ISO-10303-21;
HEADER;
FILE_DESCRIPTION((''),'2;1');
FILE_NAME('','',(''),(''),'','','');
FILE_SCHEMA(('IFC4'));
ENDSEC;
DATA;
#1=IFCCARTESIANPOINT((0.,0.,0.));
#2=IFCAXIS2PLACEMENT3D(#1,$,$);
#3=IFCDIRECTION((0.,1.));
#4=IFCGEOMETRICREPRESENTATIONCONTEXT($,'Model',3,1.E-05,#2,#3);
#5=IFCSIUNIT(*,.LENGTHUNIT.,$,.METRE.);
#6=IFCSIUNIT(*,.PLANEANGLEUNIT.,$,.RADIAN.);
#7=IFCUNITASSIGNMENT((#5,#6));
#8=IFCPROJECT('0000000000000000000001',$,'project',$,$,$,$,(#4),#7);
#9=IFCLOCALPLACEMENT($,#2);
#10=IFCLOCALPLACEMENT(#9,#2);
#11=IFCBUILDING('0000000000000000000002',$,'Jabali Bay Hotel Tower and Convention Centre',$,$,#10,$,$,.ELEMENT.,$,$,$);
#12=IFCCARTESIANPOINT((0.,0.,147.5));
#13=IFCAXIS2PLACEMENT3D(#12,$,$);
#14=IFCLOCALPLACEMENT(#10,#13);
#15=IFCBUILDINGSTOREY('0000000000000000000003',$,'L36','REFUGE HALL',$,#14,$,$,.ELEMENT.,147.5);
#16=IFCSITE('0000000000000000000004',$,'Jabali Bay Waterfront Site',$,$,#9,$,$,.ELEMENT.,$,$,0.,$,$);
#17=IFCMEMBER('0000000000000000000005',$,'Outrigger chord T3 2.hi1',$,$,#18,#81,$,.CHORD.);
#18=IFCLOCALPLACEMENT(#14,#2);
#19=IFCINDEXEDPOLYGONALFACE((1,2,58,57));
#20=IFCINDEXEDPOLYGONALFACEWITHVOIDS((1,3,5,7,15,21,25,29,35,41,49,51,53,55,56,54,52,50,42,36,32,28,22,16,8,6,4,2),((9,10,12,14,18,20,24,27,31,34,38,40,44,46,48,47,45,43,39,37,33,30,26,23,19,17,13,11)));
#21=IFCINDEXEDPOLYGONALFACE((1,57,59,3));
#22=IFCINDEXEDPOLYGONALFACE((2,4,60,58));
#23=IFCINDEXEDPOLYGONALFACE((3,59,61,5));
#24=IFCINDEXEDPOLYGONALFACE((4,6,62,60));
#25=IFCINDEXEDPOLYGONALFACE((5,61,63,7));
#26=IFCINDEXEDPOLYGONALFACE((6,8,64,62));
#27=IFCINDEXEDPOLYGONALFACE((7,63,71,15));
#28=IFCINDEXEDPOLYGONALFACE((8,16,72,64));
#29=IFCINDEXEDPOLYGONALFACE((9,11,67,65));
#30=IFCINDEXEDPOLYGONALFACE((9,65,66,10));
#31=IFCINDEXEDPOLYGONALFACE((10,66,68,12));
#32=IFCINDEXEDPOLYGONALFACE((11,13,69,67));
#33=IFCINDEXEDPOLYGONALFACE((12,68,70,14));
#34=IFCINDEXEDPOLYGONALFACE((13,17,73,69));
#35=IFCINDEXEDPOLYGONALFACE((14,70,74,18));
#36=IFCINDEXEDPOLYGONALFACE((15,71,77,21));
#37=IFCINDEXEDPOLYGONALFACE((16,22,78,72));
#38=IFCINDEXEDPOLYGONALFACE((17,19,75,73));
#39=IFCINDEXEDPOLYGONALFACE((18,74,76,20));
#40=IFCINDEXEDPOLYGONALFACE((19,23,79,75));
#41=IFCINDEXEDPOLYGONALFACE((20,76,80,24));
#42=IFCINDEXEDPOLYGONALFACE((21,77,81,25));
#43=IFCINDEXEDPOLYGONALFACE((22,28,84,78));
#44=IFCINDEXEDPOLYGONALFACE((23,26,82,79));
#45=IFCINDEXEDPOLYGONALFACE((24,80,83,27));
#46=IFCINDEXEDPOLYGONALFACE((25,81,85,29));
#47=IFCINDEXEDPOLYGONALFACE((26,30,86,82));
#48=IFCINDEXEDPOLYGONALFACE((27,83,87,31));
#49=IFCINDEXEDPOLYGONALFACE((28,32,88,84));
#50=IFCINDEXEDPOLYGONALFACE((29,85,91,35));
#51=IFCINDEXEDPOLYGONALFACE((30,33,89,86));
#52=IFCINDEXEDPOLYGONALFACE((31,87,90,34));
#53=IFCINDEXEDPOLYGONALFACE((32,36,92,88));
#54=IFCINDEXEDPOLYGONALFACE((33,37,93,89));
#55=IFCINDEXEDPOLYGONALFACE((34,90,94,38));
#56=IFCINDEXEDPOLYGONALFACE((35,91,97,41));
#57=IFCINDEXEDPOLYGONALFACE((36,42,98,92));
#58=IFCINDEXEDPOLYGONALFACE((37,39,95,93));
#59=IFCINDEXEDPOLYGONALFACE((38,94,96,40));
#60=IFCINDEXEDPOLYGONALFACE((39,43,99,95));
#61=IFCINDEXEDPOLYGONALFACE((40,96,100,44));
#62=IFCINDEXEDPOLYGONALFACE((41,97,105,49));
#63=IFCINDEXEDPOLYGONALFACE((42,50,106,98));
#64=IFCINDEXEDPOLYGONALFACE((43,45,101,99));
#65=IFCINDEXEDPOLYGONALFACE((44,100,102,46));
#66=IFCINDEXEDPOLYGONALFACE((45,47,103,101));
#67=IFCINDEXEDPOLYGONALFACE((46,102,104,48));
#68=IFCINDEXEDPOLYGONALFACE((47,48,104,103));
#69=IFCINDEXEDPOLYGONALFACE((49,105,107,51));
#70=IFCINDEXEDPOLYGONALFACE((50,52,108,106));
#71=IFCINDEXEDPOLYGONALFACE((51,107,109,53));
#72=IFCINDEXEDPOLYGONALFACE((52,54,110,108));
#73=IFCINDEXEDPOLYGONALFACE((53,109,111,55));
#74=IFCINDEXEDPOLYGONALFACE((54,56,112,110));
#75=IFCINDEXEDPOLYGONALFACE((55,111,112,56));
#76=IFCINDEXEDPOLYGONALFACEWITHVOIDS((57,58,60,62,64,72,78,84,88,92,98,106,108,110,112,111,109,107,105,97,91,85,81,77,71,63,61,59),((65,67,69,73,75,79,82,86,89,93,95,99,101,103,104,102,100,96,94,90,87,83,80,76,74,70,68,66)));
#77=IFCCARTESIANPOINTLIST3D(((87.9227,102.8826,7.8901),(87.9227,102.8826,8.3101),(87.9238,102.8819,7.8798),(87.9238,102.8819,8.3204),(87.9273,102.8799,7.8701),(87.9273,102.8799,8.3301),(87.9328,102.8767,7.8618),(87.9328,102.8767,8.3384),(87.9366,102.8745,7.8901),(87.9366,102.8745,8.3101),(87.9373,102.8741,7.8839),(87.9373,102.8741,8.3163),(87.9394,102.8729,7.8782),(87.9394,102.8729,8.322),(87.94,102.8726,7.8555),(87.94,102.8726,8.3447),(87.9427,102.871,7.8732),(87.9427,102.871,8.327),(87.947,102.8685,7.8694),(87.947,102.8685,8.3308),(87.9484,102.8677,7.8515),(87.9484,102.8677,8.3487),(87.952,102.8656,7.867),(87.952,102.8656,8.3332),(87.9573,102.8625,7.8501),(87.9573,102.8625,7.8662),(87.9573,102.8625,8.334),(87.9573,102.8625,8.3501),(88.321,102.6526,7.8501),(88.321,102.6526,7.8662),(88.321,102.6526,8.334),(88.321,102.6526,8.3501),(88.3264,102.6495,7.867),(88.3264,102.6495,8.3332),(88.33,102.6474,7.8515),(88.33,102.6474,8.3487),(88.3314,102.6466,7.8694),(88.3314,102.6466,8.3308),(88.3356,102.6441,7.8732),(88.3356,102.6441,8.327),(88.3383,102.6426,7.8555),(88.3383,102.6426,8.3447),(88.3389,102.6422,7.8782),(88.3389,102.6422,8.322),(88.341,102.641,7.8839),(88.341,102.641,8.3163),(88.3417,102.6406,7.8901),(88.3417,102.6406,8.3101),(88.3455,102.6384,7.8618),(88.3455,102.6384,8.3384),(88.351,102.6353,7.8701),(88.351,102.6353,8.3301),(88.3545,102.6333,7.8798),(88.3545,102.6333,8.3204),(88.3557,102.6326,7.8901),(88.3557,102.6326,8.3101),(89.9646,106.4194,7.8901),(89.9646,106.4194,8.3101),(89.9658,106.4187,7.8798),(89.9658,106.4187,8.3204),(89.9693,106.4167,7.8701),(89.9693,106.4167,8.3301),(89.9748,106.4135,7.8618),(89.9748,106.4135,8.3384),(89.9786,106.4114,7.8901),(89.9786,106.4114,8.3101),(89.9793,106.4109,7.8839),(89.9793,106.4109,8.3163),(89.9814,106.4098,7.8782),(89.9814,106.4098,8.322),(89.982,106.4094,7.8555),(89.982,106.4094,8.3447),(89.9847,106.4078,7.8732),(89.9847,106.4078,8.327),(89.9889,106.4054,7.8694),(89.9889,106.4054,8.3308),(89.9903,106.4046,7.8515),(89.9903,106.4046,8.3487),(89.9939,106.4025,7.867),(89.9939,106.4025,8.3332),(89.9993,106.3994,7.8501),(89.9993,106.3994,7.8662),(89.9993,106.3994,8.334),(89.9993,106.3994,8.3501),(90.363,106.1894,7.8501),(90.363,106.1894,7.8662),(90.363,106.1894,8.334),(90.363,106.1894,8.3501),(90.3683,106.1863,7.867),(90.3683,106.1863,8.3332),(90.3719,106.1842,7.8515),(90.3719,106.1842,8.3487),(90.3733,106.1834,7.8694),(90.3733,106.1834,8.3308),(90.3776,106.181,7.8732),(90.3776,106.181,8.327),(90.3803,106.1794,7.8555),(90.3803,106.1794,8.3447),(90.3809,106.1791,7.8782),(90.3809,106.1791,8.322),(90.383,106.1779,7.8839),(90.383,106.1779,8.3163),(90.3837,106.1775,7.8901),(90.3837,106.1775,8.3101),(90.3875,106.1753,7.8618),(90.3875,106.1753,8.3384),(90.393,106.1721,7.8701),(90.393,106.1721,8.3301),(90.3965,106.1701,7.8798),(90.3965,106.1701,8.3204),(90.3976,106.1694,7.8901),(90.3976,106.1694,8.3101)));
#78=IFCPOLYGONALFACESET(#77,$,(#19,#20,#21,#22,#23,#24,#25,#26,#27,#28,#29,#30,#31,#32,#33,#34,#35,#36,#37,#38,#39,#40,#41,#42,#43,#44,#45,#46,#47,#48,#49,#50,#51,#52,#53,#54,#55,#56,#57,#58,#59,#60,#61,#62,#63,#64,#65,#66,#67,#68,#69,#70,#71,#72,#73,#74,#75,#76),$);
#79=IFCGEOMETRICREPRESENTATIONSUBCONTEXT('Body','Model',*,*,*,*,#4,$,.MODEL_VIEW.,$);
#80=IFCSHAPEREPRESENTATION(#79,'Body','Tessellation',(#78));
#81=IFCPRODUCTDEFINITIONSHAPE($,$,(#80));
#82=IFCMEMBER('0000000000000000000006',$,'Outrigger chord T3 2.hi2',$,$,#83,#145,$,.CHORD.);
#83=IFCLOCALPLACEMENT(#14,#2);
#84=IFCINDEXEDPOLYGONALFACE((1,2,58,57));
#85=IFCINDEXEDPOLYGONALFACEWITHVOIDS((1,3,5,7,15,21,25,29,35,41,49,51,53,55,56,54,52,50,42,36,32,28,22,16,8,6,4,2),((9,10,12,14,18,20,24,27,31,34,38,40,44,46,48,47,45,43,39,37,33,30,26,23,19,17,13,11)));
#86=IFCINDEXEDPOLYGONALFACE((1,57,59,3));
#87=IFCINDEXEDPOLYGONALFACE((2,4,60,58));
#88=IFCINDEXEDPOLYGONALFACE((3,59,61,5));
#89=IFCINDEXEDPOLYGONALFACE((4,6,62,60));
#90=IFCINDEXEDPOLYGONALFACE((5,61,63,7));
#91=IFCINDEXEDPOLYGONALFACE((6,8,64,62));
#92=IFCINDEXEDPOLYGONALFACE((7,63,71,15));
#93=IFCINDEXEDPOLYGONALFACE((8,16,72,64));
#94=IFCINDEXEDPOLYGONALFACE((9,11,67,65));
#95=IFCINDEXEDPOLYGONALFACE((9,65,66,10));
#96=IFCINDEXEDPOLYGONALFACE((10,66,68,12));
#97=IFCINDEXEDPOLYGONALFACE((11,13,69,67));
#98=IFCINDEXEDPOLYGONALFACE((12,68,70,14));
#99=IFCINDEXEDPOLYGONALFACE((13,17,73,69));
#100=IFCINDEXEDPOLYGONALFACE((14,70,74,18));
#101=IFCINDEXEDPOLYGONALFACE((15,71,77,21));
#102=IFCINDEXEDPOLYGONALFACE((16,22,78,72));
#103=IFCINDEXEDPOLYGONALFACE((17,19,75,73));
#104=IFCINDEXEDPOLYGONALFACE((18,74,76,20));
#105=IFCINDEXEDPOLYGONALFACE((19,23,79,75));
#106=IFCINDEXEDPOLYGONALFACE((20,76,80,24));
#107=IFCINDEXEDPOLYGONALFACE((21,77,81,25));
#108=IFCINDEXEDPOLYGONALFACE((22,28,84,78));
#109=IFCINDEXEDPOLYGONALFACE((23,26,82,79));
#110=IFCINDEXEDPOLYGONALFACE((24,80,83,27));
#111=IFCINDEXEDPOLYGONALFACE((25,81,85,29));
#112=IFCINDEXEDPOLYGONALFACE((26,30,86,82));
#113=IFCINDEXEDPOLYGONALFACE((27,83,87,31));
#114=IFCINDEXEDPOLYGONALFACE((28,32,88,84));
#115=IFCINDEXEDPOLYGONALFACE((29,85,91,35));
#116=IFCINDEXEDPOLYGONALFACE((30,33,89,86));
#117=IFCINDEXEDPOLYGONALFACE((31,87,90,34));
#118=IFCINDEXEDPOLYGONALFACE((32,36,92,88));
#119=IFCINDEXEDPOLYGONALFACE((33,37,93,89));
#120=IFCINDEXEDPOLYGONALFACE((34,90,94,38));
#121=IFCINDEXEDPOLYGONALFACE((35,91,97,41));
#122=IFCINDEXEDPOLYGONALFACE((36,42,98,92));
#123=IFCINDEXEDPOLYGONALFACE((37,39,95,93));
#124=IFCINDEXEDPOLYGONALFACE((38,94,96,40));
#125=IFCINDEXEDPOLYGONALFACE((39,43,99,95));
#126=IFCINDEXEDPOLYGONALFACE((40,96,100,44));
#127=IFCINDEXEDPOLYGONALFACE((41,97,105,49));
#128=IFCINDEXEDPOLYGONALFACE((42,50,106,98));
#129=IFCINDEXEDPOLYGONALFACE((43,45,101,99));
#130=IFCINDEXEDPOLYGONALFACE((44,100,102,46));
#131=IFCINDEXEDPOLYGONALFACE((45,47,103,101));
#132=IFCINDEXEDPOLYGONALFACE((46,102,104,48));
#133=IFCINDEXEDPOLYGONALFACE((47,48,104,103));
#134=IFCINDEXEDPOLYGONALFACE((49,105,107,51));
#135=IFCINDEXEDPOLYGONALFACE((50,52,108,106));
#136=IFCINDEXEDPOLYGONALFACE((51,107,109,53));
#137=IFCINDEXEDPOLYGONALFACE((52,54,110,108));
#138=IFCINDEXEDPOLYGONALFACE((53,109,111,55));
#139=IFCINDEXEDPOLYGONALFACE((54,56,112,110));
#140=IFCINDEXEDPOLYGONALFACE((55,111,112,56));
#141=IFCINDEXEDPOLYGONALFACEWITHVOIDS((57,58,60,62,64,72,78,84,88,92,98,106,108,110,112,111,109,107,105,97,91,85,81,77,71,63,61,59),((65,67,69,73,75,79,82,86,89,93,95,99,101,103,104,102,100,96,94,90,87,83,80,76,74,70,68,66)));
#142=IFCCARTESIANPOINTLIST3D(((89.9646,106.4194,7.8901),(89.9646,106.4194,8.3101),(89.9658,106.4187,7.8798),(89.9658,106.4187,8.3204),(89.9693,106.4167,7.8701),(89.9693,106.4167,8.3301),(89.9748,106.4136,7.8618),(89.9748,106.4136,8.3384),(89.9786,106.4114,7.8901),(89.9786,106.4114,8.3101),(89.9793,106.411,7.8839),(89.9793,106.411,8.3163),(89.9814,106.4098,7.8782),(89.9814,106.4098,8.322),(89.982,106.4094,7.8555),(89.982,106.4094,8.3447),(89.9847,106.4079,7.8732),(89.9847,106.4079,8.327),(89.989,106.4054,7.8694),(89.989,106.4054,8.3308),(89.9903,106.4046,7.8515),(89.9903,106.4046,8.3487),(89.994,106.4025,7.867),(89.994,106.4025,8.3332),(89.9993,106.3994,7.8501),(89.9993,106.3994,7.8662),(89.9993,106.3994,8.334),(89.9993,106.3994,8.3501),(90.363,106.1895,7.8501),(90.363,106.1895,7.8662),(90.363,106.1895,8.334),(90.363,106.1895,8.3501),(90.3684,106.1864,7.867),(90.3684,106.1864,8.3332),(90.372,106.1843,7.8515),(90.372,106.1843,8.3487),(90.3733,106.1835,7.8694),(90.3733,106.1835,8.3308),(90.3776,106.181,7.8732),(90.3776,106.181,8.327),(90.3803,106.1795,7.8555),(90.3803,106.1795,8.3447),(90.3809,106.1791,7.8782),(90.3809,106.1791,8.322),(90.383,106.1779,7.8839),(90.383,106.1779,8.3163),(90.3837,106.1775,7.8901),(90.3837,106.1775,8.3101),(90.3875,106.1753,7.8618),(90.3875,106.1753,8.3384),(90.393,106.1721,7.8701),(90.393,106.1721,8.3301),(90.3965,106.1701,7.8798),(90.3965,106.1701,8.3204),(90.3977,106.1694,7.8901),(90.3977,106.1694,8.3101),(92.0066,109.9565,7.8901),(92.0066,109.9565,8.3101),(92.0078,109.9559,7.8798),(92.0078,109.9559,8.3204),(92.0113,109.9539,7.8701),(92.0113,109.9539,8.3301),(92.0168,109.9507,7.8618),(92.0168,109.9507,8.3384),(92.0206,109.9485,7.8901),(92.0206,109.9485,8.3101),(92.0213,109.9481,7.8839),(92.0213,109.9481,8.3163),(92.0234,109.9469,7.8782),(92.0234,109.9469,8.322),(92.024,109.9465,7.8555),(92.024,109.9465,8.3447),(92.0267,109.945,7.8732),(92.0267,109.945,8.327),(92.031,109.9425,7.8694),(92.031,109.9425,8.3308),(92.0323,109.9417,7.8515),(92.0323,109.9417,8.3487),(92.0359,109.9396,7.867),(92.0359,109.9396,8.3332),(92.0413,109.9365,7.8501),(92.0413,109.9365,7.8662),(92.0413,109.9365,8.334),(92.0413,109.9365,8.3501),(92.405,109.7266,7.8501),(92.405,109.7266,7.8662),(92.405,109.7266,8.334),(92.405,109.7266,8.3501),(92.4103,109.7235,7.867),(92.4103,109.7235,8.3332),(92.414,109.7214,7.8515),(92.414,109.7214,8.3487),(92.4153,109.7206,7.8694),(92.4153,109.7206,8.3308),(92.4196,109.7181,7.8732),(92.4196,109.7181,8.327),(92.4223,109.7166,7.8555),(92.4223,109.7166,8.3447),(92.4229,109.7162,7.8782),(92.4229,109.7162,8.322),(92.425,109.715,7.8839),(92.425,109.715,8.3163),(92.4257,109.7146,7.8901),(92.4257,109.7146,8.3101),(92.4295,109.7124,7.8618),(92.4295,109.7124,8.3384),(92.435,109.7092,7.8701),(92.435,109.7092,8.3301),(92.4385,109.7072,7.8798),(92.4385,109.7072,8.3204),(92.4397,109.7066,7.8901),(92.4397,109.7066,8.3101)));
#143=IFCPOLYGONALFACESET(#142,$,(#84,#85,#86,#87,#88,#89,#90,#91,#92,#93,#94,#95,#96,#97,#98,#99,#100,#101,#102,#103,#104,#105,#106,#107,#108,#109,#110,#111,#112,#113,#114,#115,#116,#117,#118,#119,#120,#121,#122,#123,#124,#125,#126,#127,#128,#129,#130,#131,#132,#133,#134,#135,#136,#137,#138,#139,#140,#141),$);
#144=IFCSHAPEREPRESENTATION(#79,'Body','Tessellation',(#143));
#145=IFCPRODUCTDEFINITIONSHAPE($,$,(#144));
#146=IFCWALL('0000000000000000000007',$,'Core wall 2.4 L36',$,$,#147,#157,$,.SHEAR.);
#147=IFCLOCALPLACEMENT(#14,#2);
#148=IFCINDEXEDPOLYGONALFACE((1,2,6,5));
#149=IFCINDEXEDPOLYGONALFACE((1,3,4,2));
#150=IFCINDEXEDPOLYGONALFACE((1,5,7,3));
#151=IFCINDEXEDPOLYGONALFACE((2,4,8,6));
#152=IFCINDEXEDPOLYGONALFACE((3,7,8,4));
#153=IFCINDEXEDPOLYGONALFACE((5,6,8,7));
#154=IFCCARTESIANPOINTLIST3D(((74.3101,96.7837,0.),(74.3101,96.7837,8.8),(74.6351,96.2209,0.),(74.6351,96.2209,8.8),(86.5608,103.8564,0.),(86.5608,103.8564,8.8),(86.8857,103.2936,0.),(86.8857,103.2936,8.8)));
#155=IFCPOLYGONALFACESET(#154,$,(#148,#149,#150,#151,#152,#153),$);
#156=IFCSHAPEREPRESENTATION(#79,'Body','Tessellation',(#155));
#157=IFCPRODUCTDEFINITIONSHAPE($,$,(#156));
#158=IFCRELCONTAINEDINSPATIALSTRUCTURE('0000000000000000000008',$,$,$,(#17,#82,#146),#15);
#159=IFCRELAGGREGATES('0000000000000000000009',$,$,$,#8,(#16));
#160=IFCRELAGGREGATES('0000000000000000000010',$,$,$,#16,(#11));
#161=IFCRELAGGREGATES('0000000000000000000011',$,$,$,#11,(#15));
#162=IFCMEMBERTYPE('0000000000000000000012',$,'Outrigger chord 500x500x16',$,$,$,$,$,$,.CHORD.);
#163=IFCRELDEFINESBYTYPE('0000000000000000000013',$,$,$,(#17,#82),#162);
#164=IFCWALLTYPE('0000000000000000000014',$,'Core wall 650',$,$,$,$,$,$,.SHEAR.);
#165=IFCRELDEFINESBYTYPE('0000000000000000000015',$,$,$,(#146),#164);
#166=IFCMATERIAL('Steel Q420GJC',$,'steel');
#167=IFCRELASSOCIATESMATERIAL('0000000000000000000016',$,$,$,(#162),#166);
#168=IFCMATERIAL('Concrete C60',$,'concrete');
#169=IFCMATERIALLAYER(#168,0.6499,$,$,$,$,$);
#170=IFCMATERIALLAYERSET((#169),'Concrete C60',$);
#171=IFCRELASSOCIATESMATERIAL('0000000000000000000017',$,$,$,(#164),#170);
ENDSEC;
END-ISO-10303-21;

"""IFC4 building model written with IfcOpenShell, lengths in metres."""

from ifc_helpers import new_model, si_unit, direction, frame, frame_2d, origin, origin_2d, place, context, subcontext, project, spatial, rectangle, hollow_rectangle, extrude, material, layer, layer_set, material_profile, profile_set, type_object, element, save


model = new_model("IFC4")

# Units and contexts
model_context = context("Model", 3, precision=1e-05, world=origin(), true_north=direction((0.0, 1.0)))
body_context = subcontext(model_context, "Body", "Model", "MODEL_VIEW")
ifc_project = project(units=[si_unit("LENGTHUNIT", "METRE"), si_unit("PLANEANGLEUNIT", "RADIAN")], contexts=[model_context])

# Site, building, storey
site_placement = place(None, origin())
site = spatial("IfcSite", under=ifc_project, at=site_placement, Name="Jabali Bay Waterfront Site", CompositionType="ELEMENT", RefElevation=0.0)
building_placement = place(site_placement, origin())
building = spatial("IfcBuilding", under=site, at=building_placement, Name="Jabali Bay Hotel Tower and Convention Centre", CompositionType="ELEMENT")
storey_placement = place(building_placement, frame((0.0, 0.0, 147.5)))
storey = spatial("IfcBuildingStorey", under=building, at=storey_placement, Name="L36", Description="REFUGE HALL", CompositionType="ELEMENT", Elevation=147.5)

# Shared definitions
ifc_material_1 = material(Name="Concrete C60", Category="concrete")

# Members
ifc_material_2 = material(Name="Steel Q420GJC", Category="steel")
ifc_material_profile_1 = material_profile(ifc_material_2, hollow_rectangle(XDim=0.5, YDim=0.5, WallThickness=0.0161, InnerFilletRadius=0.0239, OuterFilletRadius=0.04, at=origin_2d()), Name="Outrigger chord 500x500x16")
ifc_profile_set_1 = profile_set([ifc_material_profile_1], Name="Steel Q420GJC")
member_type_1 = type_object("IfcMemberType", Name="Outrigger chord 500x500x16", PredefinedType="CHORD", material=ifc_profile_set_1)
member_1_placement = place(storey_placement, frame((88.1392, 102.7576, 8.1001), z_axis=(0.499997, 0.866027, 0.0), x_axis=(-0.866027, 0.499997, 0.0)))
element("IfcMember", 1, at=member_1_placement, inside=storey, type_object=member_type_1, Name="Outrigger chord T3 2.hi1", PredefinedType="CHORD", context=body_context, shape_type="SweptSolid", body=[
    extrude(hollow_rectangle(XDim=0.5, YDim=0.5, WallThickness=0.0161, InnerFilletRadius=0.0239, OuterFilletRadius=0.04, at=origin_2d()), origin(), (0.0, 0.0, 1.0), 4.084),
])
member_2_placement = place(storey_placement, frame((90.1812, 106.2944, 8.1001), z_axis=(0.499971, 0.866042, 0.0), x_axis=(-0.866042, 0.499971, 0.0)))
element("IfcMember", 2, at=member_2_placement, inside=storey, type_object=member_type_1, Name="Outrigger chord T3 2.hi2", PredefinedType="CHORD", context=body_context, shape_type="SweptSolid", body=[
    extrude(hollow_rectangle(XDim=0.5, YDim=0.5, WallThickness=0.0161, InnerFilletRadius=0.0239, OuterFilletRadius=0.04, at=origin_2d()), origin(), (0.0, 0.0, 1.0), 4.0842),
])

# Wall
ifc_layer = layer(ifc_material_1, 0.6499)
ifc_layer_set = layer_set([ifc_layer], Name="Concrete C60")
wall_type = type_object("IfcWallType", Name="Core wall 650", PredefinedType="SHEAR", material=ifc_layer_set)
wall_placement = place(storey_placement, frame((86.7231, 103.575, 0.0), z_axis=(0.0, 0.0, 1.0), x_axis=(-0.866032, -0.499989, 0.0)))
element("IfcWall", 3, at=wall_placement, inside=storey, type_object=wall_type, Name="Core wall 2.4 L36", PredefinedType="SHEAR", context=body_context, shape_type="SweptSolid", body=[
    extrude(rectangle(XDim=14.1458, YDim=0.6499, at=frame_2d((7.0728, 0.0))), origin(), (0.0, 0.0, 1.0), 8.8),
])

save(model, "model.ifc")
